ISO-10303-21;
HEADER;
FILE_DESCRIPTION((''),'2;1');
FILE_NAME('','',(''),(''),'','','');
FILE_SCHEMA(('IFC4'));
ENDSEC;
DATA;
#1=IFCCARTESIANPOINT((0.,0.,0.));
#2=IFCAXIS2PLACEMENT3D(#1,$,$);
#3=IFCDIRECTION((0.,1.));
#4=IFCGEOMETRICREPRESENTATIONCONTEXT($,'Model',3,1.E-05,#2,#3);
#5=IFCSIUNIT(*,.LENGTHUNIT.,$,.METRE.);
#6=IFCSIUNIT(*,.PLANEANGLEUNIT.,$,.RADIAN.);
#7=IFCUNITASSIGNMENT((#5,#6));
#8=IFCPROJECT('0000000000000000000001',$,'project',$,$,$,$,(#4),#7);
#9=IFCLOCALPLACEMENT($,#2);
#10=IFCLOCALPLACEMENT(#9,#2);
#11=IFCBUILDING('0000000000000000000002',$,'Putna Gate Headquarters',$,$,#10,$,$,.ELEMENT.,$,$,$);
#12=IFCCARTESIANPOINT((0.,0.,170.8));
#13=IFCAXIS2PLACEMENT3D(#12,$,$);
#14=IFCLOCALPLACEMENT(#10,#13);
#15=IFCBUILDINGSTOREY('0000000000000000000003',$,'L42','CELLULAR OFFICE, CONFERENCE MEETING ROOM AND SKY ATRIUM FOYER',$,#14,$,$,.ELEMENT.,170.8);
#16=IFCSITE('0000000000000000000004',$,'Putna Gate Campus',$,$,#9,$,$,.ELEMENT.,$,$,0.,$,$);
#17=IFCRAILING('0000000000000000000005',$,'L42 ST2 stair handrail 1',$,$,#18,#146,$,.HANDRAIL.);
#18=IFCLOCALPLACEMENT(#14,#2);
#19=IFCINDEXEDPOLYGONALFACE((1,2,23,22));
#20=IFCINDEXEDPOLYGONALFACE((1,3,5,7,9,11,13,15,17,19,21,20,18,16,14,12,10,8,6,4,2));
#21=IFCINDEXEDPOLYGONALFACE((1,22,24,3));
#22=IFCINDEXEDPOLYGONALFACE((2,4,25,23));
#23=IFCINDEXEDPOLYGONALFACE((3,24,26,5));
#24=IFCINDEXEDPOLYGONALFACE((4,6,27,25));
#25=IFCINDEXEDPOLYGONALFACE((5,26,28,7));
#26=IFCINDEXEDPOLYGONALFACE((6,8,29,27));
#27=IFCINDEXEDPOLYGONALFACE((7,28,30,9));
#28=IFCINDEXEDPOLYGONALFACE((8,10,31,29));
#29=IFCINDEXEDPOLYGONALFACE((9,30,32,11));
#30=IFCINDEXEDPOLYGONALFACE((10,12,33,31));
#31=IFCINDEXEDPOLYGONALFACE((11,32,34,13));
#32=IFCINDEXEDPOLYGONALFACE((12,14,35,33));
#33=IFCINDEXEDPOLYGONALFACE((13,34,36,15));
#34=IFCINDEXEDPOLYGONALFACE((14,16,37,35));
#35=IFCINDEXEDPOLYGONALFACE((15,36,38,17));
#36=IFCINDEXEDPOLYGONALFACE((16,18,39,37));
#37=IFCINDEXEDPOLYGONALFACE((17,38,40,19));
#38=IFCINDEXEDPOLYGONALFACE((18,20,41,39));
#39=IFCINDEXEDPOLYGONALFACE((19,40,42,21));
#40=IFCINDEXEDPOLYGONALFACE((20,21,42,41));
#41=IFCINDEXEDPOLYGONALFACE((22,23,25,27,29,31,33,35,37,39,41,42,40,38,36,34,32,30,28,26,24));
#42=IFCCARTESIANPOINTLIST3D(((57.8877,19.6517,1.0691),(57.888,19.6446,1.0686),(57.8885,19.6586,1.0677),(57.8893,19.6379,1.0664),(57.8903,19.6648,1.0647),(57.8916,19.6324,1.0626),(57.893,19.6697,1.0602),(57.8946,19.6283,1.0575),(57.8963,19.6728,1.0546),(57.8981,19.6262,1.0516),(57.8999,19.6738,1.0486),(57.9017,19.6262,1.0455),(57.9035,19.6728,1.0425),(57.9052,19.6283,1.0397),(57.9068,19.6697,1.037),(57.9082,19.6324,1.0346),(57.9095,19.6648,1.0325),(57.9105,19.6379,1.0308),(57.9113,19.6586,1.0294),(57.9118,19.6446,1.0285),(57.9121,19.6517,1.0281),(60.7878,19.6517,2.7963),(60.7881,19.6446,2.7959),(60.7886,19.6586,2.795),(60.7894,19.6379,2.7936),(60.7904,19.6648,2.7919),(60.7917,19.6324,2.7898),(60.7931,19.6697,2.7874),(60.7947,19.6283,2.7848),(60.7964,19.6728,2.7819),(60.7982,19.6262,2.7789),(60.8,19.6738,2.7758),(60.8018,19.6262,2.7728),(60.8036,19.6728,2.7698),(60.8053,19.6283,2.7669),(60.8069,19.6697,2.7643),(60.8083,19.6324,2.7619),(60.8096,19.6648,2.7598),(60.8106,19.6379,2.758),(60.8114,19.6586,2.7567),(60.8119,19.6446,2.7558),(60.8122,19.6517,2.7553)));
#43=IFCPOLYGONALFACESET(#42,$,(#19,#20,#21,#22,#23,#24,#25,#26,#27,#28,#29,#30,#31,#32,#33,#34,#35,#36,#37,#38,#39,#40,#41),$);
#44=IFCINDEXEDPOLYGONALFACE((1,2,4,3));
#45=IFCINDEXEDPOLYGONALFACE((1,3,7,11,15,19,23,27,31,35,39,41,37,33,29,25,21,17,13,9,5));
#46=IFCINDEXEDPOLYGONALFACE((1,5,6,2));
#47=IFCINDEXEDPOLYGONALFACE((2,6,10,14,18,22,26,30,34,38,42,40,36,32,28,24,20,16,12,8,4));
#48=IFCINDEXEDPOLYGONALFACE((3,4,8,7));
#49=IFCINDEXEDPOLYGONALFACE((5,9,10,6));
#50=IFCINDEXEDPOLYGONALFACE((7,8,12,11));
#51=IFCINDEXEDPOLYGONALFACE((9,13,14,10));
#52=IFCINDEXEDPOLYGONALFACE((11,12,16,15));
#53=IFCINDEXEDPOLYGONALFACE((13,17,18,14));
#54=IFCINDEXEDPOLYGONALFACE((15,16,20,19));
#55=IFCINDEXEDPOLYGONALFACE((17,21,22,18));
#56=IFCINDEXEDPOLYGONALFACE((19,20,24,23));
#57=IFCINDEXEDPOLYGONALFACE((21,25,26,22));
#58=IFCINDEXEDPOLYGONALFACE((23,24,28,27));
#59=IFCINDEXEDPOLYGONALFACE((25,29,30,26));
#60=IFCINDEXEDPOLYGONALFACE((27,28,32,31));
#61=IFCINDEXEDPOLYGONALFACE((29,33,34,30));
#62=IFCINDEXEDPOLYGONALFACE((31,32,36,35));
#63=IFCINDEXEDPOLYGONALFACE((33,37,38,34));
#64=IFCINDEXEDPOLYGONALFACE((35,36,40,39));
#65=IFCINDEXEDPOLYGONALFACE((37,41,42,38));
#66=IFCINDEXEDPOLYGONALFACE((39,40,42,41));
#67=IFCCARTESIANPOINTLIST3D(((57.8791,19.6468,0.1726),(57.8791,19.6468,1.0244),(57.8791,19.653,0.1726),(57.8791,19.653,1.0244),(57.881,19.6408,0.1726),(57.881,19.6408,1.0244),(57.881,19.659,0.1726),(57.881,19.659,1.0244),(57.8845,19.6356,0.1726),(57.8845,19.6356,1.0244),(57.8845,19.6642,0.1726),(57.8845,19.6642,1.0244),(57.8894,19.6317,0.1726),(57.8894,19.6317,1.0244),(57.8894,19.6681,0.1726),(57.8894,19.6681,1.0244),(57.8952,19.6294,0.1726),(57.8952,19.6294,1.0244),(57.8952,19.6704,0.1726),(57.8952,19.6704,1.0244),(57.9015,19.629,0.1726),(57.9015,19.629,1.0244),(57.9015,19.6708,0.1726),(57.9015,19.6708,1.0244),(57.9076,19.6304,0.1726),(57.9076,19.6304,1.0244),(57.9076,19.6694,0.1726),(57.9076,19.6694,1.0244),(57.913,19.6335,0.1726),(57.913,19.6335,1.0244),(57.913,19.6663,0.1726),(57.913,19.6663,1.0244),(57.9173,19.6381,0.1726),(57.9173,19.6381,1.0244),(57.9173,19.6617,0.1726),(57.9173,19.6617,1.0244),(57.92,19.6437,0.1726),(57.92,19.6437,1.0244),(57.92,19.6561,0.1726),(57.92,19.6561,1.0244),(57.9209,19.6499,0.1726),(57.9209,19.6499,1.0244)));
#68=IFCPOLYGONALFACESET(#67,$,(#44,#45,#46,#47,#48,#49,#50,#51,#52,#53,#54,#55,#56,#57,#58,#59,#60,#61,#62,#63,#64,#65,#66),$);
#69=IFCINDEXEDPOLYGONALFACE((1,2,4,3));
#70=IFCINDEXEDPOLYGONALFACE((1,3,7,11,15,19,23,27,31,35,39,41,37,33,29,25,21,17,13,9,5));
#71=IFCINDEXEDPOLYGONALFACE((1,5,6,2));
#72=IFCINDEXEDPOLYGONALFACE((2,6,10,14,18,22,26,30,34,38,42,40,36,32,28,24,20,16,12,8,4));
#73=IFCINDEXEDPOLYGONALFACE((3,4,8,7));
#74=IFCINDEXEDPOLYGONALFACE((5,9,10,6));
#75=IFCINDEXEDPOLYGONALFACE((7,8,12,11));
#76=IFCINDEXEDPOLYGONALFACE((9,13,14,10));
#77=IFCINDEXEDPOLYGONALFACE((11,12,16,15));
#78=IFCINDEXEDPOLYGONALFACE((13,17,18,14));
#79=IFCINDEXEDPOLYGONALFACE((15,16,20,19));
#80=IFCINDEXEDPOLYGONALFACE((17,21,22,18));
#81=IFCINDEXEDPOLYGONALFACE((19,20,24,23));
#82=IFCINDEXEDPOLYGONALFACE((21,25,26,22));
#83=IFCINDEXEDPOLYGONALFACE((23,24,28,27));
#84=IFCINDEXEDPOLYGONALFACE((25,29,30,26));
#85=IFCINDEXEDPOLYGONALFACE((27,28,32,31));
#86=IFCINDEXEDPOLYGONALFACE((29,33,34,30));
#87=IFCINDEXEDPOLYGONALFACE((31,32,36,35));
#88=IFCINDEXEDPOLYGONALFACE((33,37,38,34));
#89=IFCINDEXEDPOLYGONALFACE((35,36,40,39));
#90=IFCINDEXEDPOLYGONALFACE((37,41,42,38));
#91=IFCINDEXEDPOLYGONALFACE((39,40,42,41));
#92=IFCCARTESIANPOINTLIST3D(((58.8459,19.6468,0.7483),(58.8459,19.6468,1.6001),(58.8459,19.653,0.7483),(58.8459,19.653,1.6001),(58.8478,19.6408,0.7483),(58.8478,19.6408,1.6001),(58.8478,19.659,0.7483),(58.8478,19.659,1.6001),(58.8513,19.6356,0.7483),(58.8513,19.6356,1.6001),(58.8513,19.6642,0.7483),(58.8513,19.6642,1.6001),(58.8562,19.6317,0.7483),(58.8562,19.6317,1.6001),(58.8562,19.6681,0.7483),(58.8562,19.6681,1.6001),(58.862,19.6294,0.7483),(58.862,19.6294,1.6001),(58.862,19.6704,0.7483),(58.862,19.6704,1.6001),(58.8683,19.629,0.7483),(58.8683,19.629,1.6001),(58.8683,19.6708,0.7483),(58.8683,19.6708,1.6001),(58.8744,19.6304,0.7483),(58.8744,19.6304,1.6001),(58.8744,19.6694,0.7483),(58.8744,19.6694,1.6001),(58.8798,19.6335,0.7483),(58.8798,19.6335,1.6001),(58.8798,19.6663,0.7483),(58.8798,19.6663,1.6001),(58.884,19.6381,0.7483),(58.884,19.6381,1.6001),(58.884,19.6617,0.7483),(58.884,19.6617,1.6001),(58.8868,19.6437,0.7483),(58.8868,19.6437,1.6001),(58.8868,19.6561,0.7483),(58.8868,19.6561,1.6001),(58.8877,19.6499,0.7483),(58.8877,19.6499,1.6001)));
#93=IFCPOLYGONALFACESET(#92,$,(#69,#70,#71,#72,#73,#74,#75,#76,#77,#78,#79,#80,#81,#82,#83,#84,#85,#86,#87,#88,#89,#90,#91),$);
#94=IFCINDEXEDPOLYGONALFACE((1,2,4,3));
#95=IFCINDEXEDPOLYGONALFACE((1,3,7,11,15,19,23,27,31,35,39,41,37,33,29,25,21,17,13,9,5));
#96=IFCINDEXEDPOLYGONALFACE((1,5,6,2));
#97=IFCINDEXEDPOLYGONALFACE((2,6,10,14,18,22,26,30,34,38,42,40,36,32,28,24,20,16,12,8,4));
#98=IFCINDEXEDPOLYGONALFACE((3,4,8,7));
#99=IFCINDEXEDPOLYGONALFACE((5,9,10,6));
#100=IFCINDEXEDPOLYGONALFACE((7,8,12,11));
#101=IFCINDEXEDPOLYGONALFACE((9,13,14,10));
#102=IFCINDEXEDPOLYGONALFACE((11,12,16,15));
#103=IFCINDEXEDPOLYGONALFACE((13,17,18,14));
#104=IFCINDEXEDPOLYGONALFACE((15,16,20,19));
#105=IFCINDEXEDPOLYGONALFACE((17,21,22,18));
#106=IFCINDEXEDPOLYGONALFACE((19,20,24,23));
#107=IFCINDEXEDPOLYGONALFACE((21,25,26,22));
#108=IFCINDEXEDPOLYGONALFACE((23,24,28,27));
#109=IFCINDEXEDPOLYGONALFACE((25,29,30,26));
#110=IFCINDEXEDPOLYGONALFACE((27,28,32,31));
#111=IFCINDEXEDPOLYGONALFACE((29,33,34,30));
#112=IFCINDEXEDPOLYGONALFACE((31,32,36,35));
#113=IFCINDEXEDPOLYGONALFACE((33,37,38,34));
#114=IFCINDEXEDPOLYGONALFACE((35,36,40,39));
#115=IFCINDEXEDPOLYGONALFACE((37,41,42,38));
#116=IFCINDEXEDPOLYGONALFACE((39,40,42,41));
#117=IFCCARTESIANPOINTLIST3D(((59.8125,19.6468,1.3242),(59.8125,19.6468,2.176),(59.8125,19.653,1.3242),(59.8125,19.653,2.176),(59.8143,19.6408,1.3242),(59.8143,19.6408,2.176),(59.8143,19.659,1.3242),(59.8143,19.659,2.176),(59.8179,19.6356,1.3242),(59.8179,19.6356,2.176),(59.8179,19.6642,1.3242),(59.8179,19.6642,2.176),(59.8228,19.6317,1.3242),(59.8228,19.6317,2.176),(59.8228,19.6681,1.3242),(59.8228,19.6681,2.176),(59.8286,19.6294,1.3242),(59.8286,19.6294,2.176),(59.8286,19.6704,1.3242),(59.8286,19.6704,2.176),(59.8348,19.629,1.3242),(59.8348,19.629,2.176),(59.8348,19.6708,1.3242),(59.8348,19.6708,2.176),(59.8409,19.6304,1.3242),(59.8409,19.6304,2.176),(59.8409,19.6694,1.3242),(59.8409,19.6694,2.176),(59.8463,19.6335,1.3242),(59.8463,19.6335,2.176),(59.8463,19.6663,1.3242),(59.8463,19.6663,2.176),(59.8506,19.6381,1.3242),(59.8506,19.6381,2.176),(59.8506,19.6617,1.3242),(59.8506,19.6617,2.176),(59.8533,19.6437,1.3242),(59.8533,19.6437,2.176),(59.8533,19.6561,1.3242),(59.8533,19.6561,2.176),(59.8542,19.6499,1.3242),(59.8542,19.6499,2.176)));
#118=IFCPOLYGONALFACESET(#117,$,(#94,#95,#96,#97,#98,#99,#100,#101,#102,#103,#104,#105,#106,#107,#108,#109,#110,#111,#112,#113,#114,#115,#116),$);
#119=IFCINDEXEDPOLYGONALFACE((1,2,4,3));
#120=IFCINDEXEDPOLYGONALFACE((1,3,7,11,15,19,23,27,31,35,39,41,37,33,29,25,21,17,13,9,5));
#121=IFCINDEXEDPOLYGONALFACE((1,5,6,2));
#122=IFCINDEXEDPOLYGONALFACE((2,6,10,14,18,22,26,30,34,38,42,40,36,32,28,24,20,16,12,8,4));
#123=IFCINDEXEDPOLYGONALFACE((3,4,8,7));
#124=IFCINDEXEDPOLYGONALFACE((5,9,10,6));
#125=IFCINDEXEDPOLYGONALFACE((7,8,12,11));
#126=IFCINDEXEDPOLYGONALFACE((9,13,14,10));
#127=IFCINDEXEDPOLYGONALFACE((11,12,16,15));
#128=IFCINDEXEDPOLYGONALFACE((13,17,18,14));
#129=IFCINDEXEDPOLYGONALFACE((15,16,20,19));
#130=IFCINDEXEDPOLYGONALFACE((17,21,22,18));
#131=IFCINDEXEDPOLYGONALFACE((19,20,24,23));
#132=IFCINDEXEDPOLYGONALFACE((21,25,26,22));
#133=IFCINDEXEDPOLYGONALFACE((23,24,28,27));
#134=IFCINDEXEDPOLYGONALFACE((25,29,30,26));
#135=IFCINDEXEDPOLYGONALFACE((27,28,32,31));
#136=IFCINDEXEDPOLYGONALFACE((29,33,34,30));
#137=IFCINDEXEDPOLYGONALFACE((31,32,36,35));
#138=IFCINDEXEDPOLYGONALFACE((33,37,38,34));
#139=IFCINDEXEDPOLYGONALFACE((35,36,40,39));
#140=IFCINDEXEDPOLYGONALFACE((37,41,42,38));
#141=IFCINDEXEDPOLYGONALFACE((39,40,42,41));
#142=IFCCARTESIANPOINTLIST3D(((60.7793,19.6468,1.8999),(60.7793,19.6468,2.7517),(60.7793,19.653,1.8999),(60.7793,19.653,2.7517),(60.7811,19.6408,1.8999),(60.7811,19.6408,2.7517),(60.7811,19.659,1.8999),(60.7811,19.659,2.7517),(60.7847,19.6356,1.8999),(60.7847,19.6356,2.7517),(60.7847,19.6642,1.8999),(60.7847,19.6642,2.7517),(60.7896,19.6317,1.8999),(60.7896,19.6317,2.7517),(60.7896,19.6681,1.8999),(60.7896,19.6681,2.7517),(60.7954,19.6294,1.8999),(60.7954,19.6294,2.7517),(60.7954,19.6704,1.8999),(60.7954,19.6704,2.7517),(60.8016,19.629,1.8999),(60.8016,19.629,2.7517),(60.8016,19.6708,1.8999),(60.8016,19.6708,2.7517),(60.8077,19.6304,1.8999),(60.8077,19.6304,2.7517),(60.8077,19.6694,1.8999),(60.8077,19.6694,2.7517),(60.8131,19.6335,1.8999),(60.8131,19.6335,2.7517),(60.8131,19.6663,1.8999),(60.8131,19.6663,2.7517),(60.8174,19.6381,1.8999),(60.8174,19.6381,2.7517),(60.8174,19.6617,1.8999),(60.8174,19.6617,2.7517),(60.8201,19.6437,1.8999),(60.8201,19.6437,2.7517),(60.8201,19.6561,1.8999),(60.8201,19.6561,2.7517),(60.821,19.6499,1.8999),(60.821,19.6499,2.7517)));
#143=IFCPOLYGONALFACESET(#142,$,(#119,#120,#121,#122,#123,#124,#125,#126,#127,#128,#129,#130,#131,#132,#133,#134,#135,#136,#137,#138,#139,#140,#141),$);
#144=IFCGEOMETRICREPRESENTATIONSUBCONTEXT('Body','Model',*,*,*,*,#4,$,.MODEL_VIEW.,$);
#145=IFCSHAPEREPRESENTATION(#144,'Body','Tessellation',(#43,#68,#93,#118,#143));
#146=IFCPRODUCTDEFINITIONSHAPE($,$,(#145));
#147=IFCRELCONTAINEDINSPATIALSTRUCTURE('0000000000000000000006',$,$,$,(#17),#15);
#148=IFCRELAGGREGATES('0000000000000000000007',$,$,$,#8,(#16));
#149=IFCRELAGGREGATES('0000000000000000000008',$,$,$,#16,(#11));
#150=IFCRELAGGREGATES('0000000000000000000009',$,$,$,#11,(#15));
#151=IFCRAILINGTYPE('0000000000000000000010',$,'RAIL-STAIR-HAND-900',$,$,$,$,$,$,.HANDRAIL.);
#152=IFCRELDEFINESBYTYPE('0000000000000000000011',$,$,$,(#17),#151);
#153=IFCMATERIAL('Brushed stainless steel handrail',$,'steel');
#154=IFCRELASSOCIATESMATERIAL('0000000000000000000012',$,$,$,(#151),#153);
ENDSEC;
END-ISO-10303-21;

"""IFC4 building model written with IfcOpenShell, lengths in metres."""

from ifc_helpers import new_model, si_unit, direction, frame, origin, origin_2d, place, context, subcontext, project, spatial, circle, extrude, material, type_object, element, save


model = new_model("IFC4")

# Units and contexts
model_context = context("Model", 3, precision=1e-05, world=origin(), true_north=direction((0.0, 1.0)))
body_context = subcontext(model_context, "Body", "Model", "MODEL_VIEW")
ifc_project = project(units=[si_unit("LENGTHUNIT", "METRE"), si_unit("PLANEANGLEUNIT", "RADIAN")], contexts=[model_context])

# Site, building, storey
site_placement = place(None, origin())
site = spatial("IfcSite", under=ifc_project, at=site_placement, Name="Putna Gate Campus", CompositionType="ELEMENT", RefElevation=0.0)
building_placement = place(site_placement, origin())
building = spatial("IfcBuilding", under=site, at=building_placement, Name="Putna Gate Headquarters", CompositionType="ELEMENT")
storey_placement = place(building_placement, frame((0.0, 0.0, 170.8)))
storey = spatial("IfcBuildingStorey", under=building, at=storey_placement, Name="L42", Description="CELLULAR OFFICE, CONFERENCE MEETING ROOM AND SKY ATRIUM FOYER", CompositionType="ELEMENT", Elevation=170.8)

# Railing
ifc_material_1 = material(Name="Brushed stainless steel handrail", Category="steel")
railing_type_1 = type_object("IfcRailingType", Name="RAIL-STAIR-HAND-900", PredefinedType="HANDRAIL", material=ifc_material_1)
railing_1_placement = place(storey_placement, frame((57.8999, 19.6499, 0.1726)))
element("IfcRailing", 1, at=railing_1_placement, inside=storey, type_object=railing_type_1, Name="L42 ST2 stair handrail 1", PredefinedType="HANDRAIL", context=body_context, shape_type="SweptSolid", body=[
    extrude(circle(Radius=0.0239, at=origin_2d()), frame((0.0, 0.0, 0.876), z_axis=(0.85916, 0.0, 0.511706), x_axis=(0.0, 1.0, 0.0)), (0.0, 0.0, 1.0), 3.3755),
    extrude(circle(Radius=0.021, at=origin_2d()), origin(), (0.0, 0.0, 1.0), 0.8518),
    extrude(circle(Radius=0.021, at=origin_2d()), frame((0.9668, 0.0, 0.5757)), (0.0, 0.0, 1.0), 0.8518),
    extrude(circle(Radius=0.021, at=origin_2d()), frame((1.9333, 0.0, 1.1516)), (0.0, 0.0, 1.0), 0.8518),
    extrude(circle(Radius=0.021, at=origin_2d()), frame((2.9001, 0.0, 1.7273)), (0.0, 0.0, 1.0), 0.8518),
])

save(model, "model.ifc")
